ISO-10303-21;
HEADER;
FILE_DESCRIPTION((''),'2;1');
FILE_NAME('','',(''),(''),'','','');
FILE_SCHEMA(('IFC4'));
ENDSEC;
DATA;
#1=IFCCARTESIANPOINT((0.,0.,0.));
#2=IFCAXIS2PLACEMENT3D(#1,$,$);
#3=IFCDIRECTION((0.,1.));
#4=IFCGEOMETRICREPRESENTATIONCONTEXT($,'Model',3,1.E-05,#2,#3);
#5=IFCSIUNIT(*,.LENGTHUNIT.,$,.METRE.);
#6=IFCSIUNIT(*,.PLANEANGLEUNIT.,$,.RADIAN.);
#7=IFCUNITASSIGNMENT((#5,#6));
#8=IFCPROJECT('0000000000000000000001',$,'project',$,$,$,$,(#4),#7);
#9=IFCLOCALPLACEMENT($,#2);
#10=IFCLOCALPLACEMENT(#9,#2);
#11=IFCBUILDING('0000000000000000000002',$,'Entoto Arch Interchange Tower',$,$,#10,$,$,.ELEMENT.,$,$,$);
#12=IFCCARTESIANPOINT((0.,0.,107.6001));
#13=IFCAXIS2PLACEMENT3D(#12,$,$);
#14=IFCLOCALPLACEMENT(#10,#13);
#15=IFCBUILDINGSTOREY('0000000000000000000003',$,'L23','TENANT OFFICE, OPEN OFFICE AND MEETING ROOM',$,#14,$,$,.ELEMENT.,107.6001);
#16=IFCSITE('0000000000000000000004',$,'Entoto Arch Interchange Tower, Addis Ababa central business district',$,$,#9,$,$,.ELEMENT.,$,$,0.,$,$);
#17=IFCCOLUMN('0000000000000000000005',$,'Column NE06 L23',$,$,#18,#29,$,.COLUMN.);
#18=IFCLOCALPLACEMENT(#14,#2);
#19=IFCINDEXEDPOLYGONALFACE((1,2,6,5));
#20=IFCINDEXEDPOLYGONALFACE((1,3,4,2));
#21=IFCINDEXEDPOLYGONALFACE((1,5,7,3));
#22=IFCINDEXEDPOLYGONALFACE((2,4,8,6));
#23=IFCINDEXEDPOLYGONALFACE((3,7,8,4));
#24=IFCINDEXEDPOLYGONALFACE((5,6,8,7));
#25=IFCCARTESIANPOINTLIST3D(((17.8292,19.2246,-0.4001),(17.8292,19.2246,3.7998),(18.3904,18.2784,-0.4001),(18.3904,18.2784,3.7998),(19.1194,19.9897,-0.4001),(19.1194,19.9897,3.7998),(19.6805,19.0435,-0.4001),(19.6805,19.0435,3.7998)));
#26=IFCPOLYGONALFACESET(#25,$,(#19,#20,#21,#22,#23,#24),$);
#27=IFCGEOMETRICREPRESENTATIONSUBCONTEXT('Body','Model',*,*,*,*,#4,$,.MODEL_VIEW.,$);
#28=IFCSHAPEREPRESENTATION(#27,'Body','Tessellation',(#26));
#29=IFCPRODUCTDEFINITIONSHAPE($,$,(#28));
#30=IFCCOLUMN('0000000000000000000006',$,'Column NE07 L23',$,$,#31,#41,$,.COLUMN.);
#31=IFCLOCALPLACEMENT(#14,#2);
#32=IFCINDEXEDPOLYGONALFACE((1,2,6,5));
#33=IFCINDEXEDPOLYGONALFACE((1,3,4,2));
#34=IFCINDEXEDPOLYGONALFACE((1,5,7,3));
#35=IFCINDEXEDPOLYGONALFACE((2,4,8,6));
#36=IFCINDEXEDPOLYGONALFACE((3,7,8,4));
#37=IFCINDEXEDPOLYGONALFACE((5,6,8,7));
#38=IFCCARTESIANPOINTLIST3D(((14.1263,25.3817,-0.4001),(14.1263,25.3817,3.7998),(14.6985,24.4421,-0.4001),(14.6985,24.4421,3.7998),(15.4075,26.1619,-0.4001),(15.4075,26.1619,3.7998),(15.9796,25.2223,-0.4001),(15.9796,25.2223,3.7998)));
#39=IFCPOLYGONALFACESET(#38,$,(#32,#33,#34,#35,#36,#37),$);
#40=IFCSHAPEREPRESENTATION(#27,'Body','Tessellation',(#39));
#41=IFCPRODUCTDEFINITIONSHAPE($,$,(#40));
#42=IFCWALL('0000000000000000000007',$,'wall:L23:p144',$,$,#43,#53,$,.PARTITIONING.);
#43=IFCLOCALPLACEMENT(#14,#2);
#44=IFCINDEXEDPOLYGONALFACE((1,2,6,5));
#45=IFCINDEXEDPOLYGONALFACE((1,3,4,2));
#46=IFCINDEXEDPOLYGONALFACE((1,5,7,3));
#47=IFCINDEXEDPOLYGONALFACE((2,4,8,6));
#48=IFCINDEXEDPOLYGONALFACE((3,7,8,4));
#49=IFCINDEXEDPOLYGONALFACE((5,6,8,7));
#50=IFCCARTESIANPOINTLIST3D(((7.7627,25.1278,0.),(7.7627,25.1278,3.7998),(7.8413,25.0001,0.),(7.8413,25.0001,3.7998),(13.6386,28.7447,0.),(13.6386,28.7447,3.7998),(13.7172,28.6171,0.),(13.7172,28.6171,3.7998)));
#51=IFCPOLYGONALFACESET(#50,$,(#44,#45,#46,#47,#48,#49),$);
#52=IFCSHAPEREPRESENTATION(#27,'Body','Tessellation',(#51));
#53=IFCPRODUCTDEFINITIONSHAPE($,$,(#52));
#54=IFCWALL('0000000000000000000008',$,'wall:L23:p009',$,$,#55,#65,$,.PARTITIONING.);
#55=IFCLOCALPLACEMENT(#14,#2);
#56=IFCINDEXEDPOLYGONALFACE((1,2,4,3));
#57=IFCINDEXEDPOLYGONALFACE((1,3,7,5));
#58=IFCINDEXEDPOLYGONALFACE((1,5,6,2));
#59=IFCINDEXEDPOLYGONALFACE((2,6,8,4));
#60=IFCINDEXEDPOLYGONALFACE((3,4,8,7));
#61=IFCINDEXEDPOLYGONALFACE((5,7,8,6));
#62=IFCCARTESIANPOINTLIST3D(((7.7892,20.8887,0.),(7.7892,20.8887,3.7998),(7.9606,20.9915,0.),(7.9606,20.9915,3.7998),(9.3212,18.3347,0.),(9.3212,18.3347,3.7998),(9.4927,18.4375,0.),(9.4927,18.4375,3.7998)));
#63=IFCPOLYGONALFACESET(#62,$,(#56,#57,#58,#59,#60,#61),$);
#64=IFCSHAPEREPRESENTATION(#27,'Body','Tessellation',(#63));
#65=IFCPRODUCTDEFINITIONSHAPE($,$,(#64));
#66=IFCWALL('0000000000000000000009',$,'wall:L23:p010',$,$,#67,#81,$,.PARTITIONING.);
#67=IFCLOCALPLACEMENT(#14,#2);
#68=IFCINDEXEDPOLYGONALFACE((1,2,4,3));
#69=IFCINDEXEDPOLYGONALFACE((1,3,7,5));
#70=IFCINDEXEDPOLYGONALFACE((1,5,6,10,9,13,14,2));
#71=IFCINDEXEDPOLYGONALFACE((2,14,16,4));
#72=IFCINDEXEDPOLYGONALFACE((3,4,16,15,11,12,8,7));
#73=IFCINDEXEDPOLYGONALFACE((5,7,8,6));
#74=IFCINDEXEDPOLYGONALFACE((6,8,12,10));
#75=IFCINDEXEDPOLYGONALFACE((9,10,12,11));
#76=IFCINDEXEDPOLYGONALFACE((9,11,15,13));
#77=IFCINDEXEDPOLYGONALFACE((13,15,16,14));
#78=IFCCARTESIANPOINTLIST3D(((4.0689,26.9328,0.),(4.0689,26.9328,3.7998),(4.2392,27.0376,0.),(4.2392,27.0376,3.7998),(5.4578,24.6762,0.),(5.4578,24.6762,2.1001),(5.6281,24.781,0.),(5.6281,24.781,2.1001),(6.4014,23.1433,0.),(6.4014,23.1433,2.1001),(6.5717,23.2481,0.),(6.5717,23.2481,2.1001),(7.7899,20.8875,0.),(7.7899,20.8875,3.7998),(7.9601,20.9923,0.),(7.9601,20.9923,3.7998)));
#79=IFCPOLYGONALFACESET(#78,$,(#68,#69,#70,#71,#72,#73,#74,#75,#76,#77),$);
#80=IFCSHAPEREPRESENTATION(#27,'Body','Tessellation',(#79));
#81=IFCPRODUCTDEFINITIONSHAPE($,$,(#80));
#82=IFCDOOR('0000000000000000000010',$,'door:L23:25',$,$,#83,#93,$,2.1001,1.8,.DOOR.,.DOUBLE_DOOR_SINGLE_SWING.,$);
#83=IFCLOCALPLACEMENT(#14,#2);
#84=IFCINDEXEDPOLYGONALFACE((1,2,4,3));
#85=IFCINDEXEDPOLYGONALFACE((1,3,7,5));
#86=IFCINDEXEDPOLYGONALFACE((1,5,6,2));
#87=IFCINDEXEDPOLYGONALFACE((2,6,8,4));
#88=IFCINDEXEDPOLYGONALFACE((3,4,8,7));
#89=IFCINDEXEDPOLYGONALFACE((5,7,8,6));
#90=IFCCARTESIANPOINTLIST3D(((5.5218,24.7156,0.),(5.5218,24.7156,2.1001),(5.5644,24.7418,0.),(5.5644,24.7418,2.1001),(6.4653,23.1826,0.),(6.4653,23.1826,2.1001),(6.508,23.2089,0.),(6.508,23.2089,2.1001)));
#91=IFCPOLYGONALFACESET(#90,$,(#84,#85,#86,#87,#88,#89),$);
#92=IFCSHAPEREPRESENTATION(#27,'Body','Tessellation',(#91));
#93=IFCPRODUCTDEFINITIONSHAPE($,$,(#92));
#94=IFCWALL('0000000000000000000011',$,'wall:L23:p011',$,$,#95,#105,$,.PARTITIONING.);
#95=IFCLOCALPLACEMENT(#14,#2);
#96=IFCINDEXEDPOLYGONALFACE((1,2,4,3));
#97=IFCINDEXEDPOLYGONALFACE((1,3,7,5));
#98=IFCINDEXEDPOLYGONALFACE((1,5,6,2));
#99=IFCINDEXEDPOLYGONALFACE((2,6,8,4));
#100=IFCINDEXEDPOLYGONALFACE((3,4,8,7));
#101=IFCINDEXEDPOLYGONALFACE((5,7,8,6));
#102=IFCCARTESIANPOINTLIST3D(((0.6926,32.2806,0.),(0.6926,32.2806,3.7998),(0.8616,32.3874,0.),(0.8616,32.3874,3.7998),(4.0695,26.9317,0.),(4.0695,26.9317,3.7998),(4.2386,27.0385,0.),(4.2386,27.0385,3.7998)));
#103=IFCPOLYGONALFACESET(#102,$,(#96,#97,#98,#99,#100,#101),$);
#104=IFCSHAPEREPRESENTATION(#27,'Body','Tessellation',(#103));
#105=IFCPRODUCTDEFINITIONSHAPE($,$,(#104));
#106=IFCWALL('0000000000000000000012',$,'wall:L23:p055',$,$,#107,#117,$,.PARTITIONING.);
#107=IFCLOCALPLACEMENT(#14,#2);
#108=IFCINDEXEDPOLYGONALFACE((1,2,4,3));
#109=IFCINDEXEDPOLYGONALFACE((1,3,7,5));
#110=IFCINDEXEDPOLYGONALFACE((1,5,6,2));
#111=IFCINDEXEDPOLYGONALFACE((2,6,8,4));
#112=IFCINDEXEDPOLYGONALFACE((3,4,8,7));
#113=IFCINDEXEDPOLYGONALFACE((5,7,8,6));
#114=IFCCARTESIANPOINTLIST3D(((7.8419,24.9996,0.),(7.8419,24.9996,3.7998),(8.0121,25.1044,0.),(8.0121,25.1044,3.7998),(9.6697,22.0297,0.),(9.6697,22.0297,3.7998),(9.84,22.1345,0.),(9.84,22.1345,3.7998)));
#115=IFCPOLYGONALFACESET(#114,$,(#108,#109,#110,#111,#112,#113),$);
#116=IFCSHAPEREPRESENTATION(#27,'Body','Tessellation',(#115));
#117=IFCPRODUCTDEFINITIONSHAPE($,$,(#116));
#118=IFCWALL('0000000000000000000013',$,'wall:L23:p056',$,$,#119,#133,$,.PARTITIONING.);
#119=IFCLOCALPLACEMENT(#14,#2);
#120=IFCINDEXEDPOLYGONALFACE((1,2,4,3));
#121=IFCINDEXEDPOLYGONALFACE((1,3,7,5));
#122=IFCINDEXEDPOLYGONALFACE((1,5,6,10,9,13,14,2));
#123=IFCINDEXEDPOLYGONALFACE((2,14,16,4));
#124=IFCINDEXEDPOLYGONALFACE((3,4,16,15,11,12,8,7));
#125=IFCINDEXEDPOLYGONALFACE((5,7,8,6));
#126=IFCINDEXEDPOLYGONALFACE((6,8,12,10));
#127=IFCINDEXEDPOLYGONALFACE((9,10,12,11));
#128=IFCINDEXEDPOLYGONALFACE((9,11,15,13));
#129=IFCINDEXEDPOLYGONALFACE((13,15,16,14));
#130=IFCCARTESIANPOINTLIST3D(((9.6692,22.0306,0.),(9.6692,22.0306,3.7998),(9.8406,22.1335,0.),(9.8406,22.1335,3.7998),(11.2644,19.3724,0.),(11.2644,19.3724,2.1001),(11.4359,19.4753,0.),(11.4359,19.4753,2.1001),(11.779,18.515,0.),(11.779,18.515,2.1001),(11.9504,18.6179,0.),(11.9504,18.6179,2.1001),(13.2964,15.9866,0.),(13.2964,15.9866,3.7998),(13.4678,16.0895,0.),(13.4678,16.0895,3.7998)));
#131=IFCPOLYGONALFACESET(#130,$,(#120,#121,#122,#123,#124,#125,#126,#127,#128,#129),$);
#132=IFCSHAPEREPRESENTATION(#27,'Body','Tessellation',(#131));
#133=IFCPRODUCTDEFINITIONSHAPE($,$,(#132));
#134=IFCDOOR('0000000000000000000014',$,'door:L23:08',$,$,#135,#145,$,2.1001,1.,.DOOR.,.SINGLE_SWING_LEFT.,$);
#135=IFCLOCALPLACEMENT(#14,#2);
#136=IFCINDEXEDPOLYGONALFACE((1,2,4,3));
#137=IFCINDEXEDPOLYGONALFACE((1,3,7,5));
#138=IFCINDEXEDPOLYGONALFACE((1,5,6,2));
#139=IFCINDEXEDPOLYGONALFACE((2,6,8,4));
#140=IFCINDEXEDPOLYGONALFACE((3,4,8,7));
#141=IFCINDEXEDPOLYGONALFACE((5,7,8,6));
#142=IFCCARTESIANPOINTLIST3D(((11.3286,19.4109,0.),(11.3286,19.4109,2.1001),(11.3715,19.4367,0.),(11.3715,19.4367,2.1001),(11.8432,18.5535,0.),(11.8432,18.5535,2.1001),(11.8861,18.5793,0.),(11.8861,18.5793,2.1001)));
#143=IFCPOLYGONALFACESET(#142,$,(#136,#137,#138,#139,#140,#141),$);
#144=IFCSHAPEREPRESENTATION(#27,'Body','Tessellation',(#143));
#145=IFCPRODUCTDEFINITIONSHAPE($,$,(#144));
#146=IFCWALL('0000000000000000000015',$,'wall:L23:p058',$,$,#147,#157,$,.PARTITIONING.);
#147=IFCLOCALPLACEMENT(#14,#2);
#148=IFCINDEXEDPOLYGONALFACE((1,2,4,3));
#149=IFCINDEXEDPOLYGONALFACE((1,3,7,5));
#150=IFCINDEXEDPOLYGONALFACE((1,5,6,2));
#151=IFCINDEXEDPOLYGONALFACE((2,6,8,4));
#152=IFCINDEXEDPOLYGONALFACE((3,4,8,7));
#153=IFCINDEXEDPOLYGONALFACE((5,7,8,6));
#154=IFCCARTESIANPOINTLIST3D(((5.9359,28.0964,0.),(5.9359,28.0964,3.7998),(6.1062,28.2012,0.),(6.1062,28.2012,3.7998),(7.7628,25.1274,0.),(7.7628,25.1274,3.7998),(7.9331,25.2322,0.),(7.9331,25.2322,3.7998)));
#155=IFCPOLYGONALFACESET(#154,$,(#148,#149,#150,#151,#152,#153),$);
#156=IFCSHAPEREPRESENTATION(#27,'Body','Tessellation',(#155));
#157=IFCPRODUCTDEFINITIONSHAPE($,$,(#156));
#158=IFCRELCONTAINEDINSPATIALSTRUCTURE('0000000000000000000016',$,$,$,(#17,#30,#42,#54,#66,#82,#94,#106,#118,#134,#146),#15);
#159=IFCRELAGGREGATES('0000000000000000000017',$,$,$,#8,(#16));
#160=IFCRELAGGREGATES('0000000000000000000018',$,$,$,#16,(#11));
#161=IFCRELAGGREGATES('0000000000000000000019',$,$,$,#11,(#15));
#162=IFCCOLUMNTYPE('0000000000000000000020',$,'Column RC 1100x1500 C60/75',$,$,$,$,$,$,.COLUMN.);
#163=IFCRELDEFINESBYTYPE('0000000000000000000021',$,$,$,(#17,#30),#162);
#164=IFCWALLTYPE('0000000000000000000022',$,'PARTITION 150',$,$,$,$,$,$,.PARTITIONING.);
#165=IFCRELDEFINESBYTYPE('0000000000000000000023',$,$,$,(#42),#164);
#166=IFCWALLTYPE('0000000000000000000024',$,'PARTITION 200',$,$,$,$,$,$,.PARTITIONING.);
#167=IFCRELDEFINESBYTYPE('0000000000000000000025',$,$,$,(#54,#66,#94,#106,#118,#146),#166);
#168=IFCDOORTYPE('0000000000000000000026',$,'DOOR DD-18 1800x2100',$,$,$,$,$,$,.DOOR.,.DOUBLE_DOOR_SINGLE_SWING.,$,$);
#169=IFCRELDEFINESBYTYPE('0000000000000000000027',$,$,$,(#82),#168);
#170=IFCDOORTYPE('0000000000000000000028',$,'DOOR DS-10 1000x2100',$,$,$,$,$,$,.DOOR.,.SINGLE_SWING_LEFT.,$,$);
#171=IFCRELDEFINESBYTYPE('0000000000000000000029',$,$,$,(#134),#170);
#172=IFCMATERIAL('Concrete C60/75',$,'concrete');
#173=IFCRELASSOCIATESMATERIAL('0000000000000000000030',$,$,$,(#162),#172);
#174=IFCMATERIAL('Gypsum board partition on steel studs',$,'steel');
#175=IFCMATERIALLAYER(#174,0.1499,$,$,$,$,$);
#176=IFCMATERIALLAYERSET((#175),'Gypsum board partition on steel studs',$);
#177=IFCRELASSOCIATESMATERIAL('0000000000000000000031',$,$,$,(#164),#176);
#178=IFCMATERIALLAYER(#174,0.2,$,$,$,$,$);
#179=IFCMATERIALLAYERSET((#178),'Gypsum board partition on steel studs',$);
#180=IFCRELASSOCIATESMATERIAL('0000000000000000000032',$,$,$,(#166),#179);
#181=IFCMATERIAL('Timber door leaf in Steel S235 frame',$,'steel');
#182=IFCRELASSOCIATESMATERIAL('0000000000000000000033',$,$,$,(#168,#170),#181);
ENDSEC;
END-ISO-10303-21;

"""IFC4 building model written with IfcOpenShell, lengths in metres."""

from ifc_helpers import new_model, si_unit, direction, frame, frame_2d, origin, origin_2d, place, context, subcontext, project, spatial, rectangle, extrude, material, layer, layer_set, material_profile, profile_set, type_object, element, fill, save


model = new_model("IFC4")

# Units and contexts
model_context = context("Model", 3, precision=1e-05, world=origin(), true_north=direction((0.0, 1.0)))
body_context = subcontext(model_context, "Body", "Model", "MODEL_VIEW")
ifc_project = project(units=[si_unit("LENGTHUNIT", "METRE"), si_unit("PLANEANGLEUNIT", "RADIAN")], contexts=[model_context])

# Site, building, storey
site_placement = place(None, origin())
site = spatial("IfcSite", under=ifc_project, at=site_placement, Name="Entoto Arch Interchange Tower, Addis Ababa central business district", CompositionType="ELEMENT", RefElevation=0.0)
building_placement = place(site_placement, origin())
building = spatial("IfcBuilding", under=site, at=building_placement, Name="Entoto Arch Interchange Tower", CompositionType="ELEMENT")
storey_placement = place(building_placement, frame((0.0, 0.0, 107.6001)))
storey = spatial("IfcBuildingStorey", under=building, at=storey_placement, Name="L23", Description="TENANT OFFICE, OPEN OFFICE AND MEETING ROOM", CompositionType="ELEMENT", Elevation=107.6001)

# Columns
ifc_material_1 = material(Name="Concrete C60/75", Category="concrete")
ifc_material_profile = material_profile(ifc_material_1, rectangle(XDim=1.1001, YDim=1.5, at=origin_2d()))
ifc_profile_set = profile_set([ifc_material_profile], Name="Concrete C60/75")
column_type = type_object("IfcColumnType", Name="Column RC 1100x1500 C60/75", PredefinedType="COLUMN", material=ifc_profile_set)
for number, where, z_axis, x_axis, name in (
    (1, (18.7549, 19.134, -0.4001), (0.0, 0.0, 1.0), (-0.510093, 0.860119, 0.0), "Column NE06 L23"),
    (2, (15.053, 25.302, -0.4001), (0.0, 0.0, 1.0), (-0.520116, 0.854096, 0.0), "Column NE07 L23"),
):
    element("IfcColumn", number, at=place(storey_placement, frame(where, z_axis=z_axis, x_axis=x_axis)), inside=storey, type_object=column_type, Name=name, PredefinedType="COLUMN", context=body_context, shape_type="SweptSolid", body=[
        extrude(rectangle(XDim=1.1001, YDim=1.5, at=origin_2d()), origin(), (0.0, 0.0, 1.0), 4.2),
    ])

# Walls
ifc_material_2 = material(Name="Gypsum board partition on steel studs", Category="steel")
ifc_layer_1 = layer(ifc_material_2, 0.1499)
ifc_layer_set_1 = layer_set([ifc_layer_1], Name="Gypsum board partition on steel studs")
wall_type_1 = type_object("IfcWallType", Name="PARTITION 150", PredefinedType="PARTITIONING", material=ifc_layer_set_1)
wall_1_placement = place(storey_placement, frame((7.802, 25.064, 0.0), z_axis=(0.0, 0.0, 1.0), x_axis=(0.851596, 0.524198, 0.0)))
element("IfcWall", 3, at=wall_1_placement, inside=storey, type_object=wall_type_1, Name="wall:L23:p144", PredefinedType="PARTITIONING", context=body_context, shape_type="SweptSolid", body=[
    extrude(rectangle(XDim=6.8999, YDim=0.1499, at=frame_2d((3.45, 0.0))), origin(), (0.0, 0.0, 1.0), 3.7998),
])
ifc_layer_2 = layer(ifc_material_2, 0.2)
ifc_layer_set_2 = layer_set([ifc_layer_2], Name="Gypsum board partition on steel studs")
wall_type_2 = type_object("IfcWallType", Name="PARTITION 200", PredefinedType="PARTITIONING", material=ifc_layer_set_2)
wall_2_placement = place(storey_placement, frame((9.407, 18.386, 0.0), z_axis=(0.0, 0.0, 1.0), x_axis=(-0.514399, 0.857551, 0.0)))
element("IfcWall", 4, at=wall_2_placement, inside=storey, type_object=wall_type_2, Name="wall:L23:p009", PredefinedType="PARTITIONING", context=body_context, shape_type="SweptSolid", body=[
    extrude(rectangle(XDim=2.9783, YDim=0.2, at=frame_2d((1.4893, 0.0))), origin(), (0.0, 0.0, 1.0), 3.7998),
])

# Wall, opening, door
wall_3_placement = place(storey_placement, frame((7.875, 20.9399, 0.0), z_axis=(0.0, 0.0, 1.0), x_axis=(-0.524184, 0.851605, 0.0)))
wall_3 = element("IfcWall", 5, at=wall_3_placement, inside=storey, type_object=wall_type_2, Name="wall:L23:p010", PredefinedType="PARTITIONING", context=body_context, shape_type="SweptSolid", body=[
    extrude(rectangle(XDim=7.0986, YDim=0.2, at=frame_2d((3.5493, 0.0))), origin(), (0.0, 0.0, 1.0), 3.7998),
])
opening_1_placement = place(wall_3_placement, frame((2.6489, 0.0, 0.0)))
opening_1 = element("IfcOpeningElement", 6, at=opening_1_placement, cuts=wall_3, PredefinedType="OPENING", context=body_context, shape_type="SweptSolid", body=[
    extrude(rectangle(XDim=1.8, YDim=2.1001, at=frame_2d((0.8999, 1.05))), frame((0.0, 0.1099, 0.0), z_axis=(0.0, -1.0, 0.0), x_axis=(1.0, 0.0, 0.0)), (0.0, 0.0, 1.0), 0.22),
])
ifc_material_3 = material(Name="Timber door leaf in Steel S235 frame", Category="steel")
door_type_1 = type_object("IfcDoorType", Name="DOOR DD-18 1800x2100", OperationType="DOUBLE_DOOR_SINGLE_SWING", PredefinedType="DOOR", material=ifc_material_3)
door_1_placement = place(opening_1_placement, origin())
door_1 = element("IfcDoor", 7, at=door_1_placement, inside=storey, type_object=door_type_1, Name="door:L23:25", OperationType="DOUBLE_DOOR_SINGLE_SWING", OverallHeight=2.1001, OverallWidth=1.8, PredefinedType="DOOR", context=body_context, shape_type="SweptSolid", body=[
    extrude(rectangle(XDim=1.8, YDim=2.1001, at=frame_2d((0.8999, 1.05))), frame((0.0, 0.0249, 0.0), z_axis=(0.0, -1.0, 0.0), x_axis=(1.0, 0.0, 0.0)), (0.0, 0.0, 1.0), 0.05),
])
fill(opening_1, door_1)

# Walls
wall_4_placement = place(storey_placement, frame((4.1541, 26.9851, 0.0), z_axis=(0.0, 0.0, 1.0), x_axis=(-0.533848, 0.845581, 0.0)))
element("IfcWall", 8, at=wall_4_placement, inside=storey, type_object=wall_type_2, Name="wall:L23:p011", PredefinedType="PARTITIONING", context=body_context, shape_type="SweptSolid", body=[
    extrude(rectangle(XDim=6.3257, YDim=0.2, at=frame_2d((3.1628, 0.0))), origin(), (0.0, 0.0, 1.0), 3.7998),
])
wall_5_placement = place(storey_placement, frame((7.927, 25.052, 0.0), z_axis=(0.0, 0.0, 1.0), x_axis=(0.52414, -0.851632, 0.0)))
element("IfcWall", 9, at=wall_5_placement, inside=storey, type_object=wall_type_2, Name="wall:L23:p055", PredefinedType="PARTITIONING", context=body_context, shape_type="SweptSolid", body=[
    extrude(rectangle(XDim=3.4873, YDim=0.2, at=frame_2d((1.7437, 0.0))), origin(), (0.0, 0.0, 1.0), 3.7998),
])

# Wall, opening, door
wall_6_placement = place(storey_placement, frame((9.7549, 22.082, 0.0), z_axis=(0.0, 0.0, 1.0), x_axis=(0.514582, -0.857441, 0.0)))
wall_6 = element("IfcWall", 10, at=wall_6_placement, inside=storey, type_object=wall_type_2, Name="wall:L23:p056", PredefinedType="PARTITIONING", context=body_context, shape_type="SweptSolid", body=[
    extrude(rectangle(XDim=7.0488, YDim=0.2, at=frame_2d((3.5244, 0.0))), origin(), (0.0, 0.0, 1.0), 3.7998),
])
opening_2_placement = place(wall_6_placement, frame((3.1001, 0.0, 0.0)))
opening_2 = element("IfcOpeningElement", 11, at=opening_2_placement, cuts=wall_6, PredefinedType="OPENING", context=body_context, shape_type="SweptSolid", body=[
    extrude(rectangle(XDim=1.0, YDim=2.1001, at=frame_2d((0.5, 1.05))), frame((0.0, 0.1099, 0.0), z_axis=(0.0, -1.0, 0.0), x_axis=(1.0, 0.0, 0.0)), (0.0, 0.0, 1.0), 0.22),
])
door_type_2 = type_object("IfcDoorType", Name="DOOR DS-10 1000x2100", OperationType="SINGLE_SWING_LEFT", PredefinedType="DOOR", material=ifc_material_3)
door_2_placement = place(opening_2_placement, origin())
door_2 = element("IfcDoor", 12, at=door_2_placement, inside=storey, type_object=door_type_2, Name="door:L23:08", OperationType="SINGLE_SWING_LEFT", OverallHeight=2.1001, OverallWidth=1.0, PredefinedType="DOOR", context=body_context, shape_type="SweptSolid", body=[
    extrude(rectangle(XDim=1.0, YDim=2.1001, at=frame_2d((0.5, 1.05))), frame((0.0, 0.0249, 0.0), z_axis=(0.0, -1.0, 0.0), x_axis=(1.0, 0.0, 0.0)), (0.0, 0.0, 1.0), 0.05),
])
fill(opening_2, door_2)

# Wall
wall_7_placement = place(storey_placement, frame((6.021, 28.1489, 0.0), z_axis=(0.0, 0.0, 1.0), x_axis=(0.524062, -0.85168, 0.0)))
element("IfcWall", 13, at=wall_7_placement, inside=storey, type_object=wall_type_2, Name="wall:L23:p058", PredefinedType="PARTITIONING", context=body_context, shape_type="SweptSolid", body=[
    extrude(rectangle(XDim=3.4861, YDim=0.2, at=frame_2d((1.7432, 0.0))), origin(), (0.0, 0.0, 1.0), 3.7998),
])

save(model, "model.ifc")
